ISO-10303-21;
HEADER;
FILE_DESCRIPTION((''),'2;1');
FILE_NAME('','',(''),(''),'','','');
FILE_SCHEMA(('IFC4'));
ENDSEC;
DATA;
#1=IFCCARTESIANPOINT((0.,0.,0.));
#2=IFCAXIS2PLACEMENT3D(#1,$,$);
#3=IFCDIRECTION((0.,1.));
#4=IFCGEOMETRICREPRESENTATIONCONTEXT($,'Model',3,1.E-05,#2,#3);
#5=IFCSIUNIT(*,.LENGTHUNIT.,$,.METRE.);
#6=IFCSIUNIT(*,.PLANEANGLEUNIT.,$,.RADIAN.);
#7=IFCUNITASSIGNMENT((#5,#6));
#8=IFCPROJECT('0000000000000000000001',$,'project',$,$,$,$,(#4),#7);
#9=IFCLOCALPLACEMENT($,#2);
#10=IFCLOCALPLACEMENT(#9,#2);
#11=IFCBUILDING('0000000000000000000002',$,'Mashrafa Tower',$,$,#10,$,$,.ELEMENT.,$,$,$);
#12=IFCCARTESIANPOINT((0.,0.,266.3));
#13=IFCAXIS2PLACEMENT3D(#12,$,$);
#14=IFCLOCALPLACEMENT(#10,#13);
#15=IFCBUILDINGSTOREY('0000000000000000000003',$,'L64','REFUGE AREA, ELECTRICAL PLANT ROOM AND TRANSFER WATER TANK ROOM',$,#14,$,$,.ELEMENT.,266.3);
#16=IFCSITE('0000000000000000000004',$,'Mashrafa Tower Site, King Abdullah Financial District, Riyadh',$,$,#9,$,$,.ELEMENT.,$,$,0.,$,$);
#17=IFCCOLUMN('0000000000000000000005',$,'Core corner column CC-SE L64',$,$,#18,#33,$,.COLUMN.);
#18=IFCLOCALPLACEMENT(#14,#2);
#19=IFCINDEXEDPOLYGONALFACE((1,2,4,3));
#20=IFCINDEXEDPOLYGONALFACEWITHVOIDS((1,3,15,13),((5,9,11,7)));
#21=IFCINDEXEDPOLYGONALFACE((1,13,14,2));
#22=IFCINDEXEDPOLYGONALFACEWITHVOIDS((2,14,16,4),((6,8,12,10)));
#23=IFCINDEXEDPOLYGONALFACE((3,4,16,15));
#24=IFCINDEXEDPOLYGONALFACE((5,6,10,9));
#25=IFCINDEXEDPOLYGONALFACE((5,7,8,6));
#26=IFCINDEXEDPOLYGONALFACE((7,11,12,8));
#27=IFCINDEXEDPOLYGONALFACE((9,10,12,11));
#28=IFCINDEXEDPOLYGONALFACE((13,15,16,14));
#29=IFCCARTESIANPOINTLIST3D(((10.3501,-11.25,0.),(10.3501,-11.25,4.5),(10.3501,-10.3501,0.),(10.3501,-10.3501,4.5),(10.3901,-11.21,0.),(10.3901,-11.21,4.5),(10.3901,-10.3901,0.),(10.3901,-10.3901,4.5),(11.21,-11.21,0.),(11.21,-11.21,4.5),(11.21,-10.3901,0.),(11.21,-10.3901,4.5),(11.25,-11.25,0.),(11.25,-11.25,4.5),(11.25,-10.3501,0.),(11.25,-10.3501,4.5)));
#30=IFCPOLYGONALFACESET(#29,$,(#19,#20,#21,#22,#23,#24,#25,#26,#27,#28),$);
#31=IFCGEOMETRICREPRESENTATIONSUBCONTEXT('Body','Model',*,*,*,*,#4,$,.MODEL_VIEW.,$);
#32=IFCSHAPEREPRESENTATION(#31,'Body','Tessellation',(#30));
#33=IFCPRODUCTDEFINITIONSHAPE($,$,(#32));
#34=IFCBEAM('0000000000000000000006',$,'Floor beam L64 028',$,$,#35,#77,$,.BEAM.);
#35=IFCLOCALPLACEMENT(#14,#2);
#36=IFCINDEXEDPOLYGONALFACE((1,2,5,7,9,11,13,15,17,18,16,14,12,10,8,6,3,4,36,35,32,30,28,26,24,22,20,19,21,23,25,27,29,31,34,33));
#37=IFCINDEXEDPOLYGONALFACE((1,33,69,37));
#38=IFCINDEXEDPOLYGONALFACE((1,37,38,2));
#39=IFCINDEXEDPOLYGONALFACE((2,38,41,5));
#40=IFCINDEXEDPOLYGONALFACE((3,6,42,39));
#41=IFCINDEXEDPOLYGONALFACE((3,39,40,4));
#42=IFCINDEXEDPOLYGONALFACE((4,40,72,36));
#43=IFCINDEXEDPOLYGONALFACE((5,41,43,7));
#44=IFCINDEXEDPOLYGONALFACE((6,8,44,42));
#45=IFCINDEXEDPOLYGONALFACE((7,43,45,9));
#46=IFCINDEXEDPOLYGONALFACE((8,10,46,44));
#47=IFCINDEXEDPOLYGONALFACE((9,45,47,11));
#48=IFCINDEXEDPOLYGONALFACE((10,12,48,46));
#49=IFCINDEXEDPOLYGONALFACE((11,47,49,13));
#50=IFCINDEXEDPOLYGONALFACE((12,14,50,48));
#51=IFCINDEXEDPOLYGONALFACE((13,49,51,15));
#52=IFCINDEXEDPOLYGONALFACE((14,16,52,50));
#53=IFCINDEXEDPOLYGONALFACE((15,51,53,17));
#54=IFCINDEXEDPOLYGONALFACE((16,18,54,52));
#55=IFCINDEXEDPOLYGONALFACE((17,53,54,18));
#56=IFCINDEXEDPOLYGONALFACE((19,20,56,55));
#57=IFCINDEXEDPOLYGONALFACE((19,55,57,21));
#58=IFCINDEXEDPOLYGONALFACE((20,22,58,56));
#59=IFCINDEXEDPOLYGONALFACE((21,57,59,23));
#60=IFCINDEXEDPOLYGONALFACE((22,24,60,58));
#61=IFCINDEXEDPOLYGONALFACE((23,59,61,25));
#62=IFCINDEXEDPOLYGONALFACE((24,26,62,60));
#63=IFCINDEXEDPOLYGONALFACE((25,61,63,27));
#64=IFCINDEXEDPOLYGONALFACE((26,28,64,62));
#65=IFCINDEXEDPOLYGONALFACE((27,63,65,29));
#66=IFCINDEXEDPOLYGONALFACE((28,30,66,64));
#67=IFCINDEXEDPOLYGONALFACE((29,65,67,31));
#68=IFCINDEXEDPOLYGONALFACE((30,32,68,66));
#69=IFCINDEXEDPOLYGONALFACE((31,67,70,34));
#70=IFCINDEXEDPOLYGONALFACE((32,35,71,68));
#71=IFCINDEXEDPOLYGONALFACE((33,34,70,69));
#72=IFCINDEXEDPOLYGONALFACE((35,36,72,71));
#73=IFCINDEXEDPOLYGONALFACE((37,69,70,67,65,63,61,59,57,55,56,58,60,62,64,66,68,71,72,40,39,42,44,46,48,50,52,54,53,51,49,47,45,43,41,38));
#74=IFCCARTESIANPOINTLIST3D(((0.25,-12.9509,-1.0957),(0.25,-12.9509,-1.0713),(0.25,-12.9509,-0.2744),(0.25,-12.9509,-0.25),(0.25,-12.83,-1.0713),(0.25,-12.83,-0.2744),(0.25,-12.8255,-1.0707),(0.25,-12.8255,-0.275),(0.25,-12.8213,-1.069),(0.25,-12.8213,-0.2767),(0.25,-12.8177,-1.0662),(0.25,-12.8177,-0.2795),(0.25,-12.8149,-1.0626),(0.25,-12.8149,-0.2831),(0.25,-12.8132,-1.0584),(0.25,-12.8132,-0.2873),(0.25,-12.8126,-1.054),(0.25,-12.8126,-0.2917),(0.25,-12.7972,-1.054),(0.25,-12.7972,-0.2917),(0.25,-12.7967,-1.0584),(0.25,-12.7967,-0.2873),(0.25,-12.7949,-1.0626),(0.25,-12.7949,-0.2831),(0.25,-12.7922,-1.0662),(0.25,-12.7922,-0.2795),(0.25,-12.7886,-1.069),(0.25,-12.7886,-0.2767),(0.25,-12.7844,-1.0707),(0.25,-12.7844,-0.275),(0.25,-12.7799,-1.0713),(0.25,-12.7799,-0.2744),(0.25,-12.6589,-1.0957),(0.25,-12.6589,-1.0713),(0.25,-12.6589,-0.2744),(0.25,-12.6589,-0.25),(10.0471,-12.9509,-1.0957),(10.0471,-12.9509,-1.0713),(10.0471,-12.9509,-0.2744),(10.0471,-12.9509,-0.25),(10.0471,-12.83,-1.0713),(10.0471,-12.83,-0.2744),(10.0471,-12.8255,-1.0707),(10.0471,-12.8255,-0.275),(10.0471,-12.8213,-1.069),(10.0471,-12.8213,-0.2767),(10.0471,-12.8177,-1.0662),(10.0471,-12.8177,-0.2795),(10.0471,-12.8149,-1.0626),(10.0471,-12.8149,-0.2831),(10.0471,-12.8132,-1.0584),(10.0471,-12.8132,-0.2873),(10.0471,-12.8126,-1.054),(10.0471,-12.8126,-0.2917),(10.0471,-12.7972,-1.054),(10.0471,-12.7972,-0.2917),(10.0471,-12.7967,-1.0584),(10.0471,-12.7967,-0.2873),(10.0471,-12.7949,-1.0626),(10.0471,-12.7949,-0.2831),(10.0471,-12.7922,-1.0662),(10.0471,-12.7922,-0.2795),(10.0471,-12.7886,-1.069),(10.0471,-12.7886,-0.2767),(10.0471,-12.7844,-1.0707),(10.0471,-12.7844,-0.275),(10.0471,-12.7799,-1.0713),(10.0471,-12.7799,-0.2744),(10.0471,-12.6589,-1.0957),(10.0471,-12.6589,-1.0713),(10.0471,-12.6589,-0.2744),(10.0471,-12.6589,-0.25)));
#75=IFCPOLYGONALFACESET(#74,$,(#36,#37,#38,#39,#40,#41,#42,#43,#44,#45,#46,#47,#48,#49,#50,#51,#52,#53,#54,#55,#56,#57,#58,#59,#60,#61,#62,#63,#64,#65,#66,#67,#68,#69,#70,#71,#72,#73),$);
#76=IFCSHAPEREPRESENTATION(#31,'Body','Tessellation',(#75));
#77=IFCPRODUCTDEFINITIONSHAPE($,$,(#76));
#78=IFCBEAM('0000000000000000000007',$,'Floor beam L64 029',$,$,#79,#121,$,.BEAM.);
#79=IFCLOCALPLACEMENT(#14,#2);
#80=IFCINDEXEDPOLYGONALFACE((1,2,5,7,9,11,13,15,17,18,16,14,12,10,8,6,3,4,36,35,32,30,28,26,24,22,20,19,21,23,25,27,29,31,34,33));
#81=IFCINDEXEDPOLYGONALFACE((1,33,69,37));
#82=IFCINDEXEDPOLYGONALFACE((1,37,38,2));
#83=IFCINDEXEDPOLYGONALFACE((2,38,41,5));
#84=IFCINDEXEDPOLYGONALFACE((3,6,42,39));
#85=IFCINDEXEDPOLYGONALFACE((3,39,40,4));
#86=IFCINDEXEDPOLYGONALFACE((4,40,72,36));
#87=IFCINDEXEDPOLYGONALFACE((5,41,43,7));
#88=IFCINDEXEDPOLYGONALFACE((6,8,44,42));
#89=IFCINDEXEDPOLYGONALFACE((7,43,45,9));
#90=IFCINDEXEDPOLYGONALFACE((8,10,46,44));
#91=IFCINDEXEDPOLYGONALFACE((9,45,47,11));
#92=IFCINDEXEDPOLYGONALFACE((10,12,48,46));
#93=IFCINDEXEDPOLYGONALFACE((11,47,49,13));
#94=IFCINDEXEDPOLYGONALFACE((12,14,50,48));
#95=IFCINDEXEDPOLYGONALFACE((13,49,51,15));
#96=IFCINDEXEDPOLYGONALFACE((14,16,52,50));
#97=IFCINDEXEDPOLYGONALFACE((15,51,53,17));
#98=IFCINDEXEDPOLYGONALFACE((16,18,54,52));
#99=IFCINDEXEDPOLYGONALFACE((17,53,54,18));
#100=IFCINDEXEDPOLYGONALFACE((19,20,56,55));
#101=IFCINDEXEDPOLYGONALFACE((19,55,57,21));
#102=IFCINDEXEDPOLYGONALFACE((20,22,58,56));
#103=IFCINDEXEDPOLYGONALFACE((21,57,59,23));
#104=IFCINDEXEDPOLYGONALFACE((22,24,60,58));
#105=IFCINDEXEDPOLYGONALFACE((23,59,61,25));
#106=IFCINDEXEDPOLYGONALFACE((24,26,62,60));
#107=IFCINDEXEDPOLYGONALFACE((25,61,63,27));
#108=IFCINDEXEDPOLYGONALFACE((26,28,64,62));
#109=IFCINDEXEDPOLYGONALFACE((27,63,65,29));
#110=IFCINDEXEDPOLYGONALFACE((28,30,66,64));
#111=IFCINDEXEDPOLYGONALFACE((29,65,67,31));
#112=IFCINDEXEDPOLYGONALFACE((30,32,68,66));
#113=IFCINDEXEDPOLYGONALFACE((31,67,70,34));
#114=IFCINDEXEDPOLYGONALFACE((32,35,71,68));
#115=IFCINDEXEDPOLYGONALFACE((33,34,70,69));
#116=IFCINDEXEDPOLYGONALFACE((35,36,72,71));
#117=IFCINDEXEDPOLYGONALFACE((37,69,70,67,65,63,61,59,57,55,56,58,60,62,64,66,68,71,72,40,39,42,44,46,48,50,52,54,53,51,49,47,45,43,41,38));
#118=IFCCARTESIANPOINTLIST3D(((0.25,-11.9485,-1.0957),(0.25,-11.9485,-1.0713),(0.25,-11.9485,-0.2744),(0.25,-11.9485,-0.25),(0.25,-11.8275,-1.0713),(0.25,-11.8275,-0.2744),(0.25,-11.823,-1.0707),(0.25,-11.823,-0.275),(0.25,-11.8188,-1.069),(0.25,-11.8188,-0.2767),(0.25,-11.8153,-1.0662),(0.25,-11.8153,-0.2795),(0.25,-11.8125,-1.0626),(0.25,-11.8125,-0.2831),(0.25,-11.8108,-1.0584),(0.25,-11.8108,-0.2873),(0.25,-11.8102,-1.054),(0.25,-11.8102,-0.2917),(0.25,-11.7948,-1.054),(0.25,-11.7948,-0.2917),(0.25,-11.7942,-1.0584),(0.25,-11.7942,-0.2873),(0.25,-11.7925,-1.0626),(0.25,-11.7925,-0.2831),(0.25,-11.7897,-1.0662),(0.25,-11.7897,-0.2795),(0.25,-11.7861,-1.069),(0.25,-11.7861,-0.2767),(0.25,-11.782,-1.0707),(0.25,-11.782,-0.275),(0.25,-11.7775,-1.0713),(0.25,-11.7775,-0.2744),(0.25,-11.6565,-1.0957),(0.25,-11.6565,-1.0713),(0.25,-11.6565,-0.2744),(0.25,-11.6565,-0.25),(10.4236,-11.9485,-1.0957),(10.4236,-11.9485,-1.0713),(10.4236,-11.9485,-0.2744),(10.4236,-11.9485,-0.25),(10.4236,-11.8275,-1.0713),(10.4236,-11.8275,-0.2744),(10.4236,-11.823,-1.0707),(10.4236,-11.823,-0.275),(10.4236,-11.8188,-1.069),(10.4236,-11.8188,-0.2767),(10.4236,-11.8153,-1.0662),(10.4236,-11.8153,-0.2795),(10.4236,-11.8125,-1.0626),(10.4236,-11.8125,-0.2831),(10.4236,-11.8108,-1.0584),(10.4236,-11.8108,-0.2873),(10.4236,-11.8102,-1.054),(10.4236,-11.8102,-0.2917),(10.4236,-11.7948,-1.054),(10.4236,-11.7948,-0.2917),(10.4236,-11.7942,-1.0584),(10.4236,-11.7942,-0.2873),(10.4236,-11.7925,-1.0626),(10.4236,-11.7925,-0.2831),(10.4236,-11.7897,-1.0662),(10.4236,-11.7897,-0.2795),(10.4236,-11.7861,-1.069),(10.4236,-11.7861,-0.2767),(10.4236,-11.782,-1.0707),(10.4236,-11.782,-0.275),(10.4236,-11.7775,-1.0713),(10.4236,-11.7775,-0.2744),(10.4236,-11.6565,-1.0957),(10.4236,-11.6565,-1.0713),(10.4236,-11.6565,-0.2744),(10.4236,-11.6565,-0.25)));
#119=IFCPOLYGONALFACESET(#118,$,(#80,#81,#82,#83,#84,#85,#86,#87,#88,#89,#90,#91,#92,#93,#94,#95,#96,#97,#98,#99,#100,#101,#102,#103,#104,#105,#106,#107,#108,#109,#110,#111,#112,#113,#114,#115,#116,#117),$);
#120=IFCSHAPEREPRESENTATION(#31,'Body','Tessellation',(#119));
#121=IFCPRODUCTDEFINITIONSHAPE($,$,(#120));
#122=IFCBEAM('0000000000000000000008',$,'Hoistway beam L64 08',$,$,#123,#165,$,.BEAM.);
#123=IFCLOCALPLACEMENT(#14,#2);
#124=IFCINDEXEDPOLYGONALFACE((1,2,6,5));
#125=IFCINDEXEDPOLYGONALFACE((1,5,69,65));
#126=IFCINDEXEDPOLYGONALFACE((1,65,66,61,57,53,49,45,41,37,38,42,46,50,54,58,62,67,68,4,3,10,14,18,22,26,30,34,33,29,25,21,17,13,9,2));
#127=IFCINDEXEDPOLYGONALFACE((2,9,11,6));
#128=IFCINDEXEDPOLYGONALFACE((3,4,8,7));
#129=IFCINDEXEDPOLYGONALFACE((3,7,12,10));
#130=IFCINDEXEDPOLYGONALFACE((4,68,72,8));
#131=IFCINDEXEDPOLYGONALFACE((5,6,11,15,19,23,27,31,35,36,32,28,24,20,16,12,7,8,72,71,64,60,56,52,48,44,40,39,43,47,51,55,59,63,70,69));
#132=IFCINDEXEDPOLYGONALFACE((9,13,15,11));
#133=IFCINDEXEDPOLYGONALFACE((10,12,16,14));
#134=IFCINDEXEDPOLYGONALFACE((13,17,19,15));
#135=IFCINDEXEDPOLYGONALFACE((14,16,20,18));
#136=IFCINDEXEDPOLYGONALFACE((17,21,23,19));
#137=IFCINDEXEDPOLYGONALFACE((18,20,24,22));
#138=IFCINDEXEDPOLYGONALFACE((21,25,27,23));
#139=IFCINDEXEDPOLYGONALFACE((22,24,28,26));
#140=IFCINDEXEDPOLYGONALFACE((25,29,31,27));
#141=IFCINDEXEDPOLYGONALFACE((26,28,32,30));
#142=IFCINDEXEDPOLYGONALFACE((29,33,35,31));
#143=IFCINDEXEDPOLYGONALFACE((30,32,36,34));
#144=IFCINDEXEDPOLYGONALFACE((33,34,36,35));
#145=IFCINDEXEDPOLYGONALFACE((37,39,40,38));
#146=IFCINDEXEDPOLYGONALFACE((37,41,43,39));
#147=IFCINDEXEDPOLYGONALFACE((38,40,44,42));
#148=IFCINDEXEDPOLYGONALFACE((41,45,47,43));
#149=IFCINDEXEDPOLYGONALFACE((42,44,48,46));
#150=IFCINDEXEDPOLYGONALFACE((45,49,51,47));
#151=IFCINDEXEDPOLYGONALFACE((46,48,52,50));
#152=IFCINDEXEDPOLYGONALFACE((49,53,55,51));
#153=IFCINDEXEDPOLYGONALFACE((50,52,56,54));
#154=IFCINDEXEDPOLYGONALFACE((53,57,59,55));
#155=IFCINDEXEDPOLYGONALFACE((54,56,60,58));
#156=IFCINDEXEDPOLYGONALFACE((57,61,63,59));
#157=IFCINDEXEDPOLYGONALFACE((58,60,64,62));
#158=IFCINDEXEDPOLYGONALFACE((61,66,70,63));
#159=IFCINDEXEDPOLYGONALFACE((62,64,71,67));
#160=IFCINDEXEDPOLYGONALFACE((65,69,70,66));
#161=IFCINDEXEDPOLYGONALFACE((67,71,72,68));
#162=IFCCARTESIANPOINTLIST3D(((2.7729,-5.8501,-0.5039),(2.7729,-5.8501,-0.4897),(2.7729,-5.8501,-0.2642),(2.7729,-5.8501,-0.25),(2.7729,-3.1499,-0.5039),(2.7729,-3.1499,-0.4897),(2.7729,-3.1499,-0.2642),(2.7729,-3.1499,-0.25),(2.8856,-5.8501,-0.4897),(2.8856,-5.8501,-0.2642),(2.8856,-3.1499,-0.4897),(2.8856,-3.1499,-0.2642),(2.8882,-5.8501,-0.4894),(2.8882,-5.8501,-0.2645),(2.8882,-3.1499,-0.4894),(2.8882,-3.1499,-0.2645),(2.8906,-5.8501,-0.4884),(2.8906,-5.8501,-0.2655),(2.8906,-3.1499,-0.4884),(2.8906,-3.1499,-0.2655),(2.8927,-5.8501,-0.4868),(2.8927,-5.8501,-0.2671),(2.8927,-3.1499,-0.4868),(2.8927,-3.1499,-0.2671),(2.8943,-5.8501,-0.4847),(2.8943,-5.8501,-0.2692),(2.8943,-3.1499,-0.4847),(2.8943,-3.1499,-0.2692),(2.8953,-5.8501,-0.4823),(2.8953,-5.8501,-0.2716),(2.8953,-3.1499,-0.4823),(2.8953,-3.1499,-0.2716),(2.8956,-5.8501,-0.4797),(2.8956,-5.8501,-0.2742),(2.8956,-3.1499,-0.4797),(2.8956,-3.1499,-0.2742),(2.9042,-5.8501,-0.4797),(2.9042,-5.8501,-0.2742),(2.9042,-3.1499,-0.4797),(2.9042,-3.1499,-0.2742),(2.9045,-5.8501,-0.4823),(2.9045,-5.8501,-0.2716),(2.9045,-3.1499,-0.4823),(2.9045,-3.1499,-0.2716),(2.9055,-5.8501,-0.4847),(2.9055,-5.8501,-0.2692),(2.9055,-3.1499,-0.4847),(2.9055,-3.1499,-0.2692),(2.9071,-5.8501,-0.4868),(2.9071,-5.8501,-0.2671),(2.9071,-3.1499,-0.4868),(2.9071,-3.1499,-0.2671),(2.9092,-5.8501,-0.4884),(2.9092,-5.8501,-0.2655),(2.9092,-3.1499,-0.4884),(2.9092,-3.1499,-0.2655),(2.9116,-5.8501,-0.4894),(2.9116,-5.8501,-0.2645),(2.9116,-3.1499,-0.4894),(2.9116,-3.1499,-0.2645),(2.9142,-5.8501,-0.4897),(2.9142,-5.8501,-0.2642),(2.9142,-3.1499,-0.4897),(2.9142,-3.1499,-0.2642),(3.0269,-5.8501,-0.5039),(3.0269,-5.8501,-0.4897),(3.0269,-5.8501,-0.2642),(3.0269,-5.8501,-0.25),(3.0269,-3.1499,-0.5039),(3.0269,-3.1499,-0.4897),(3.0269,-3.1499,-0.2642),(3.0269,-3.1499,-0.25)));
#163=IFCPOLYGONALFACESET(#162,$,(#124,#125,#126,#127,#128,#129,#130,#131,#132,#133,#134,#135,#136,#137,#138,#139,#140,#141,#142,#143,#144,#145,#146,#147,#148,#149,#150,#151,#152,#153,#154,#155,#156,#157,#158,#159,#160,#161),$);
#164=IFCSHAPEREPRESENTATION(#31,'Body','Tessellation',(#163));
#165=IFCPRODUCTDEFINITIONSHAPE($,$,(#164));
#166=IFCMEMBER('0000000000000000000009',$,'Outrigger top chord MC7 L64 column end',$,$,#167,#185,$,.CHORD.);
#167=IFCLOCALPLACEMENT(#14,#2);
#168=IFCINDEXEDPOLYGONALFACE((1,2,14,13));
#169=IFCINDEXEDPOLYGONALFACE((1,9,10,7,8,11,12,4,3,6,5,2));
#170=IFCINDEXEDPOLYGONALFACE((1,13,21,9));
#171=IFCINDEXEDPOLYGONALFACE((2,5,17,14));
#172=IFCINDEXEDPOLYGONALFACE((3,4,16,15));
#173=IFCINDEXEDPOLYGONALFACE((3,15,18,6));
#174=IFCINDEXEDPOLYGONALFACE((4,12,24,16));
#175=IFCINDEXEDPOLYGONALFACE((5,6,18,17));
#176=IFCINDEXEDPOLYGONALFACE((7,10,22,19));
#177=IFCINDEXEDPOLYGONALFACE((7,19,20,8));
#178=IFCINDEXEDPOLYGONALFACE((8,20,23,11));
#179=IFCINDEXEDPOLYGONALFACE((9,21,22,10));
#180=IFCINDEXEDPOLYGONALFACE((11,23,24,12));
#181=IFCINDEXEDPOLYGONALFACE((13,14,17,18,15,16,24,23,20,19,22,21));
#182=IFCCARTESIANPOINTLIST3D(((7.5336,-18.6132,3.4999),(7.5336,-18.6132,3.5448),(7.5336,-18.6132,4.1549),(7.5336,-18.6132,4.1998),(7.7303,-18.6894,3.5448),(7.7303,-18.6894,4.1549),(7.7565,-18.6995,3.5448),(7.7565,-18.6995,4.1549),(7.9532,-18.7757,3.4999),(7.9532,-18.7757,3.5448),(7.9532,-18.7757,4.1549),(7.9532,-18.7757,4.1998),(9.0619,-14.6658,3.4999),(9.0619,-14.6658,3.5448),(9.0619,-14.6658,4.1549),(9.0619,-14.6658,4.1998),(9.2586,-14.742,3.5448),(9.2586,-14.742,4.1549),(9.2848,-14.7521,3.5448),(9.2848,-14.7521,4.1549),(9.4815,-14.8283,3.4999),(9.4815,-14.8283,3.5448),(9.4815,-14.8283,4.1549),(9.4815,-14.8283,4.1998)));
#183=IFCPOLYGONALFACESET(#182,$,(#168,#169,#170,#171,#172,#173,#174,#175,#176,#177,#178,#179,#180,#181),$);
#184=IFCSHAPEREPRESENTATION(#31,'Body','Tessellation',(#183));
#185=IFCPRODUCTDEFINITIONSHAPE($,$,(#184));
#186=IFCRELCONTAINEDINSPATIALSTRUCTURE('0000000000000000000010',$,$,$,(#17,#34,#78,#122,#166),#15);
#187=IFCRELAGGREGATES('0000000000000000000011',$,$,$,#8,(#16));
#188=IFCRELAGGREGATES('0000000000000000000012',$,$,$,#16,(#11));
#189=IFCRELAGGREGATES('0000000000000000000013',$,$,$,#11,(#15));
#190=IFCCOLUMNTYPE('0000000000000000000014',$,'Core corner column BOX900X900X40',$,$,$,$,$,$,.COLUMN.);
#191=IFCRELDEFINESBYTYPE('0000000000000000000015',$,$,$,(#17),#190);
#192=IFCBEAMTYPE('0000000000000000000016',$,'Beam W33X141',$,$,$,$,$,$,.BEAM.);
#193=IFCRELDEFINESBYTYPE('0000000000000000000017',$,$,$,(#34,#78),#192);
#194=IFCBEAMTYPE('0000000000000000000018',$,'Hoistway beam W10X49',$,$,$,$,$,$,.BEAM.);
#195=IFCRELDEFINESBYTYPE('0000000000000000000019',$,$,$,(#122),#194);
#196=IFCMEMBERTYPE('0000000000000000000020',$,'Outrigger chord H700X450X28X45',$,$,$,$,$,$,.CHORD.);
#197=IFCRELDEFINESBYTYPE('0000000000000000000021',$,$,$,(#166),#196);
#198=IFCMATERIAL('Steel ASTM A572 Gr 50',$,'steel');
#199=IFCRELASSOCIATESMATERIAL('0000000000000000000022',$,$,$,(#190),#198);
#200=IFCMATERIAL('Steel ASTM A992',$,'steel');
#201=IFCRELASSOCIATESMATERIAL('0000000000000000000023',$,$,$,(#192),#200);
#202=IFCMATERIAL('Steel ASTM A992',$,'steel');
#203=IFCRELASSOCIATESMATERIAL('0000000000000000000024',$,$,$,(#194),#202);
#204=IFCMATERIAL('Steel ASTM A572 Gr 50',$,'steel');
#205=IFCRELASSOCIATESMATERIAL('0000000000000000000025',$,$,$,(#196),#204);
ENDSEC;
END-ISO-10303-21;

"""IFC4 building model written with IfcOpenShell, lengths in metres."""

from ifc_helpers import new_model, si_unit, direction, frame, origin, origin_2d, place, context, subcontext, project, spatial, hollow_rectangle, i_section, extrude, source, transform, mapped, material, material_profile, profile_set, type_object, type_shapes, element, save


model = new_model("IFC4")

# Units and contexts
model_context = context("Model", 3, precision=1e-05, world=origin(), true_north=direction((0.0, 1.0)))
body_context = subcontext(model_context, "Body", "Model", "MODEL_VIEW")
ifc_project = project(units=[si_unit("LENGTHUNIT", "METRE"), si_unit("PLANEANGLEUNIT", "RADIAN")], contexts=[model_context])

# Site, building, storey
site_placement = place(None, origin())
site = spatial("IfcSite", under=ifc_project, at=site_placement, Name="Mashrafa Tower Site, King Abdullah Financial District, Riyadh", CompositionType="ELEMENT", RefElevation=0.0)
building_placement = place(site_placement, origin())
building = spatial("IfcBuilding", under=site, at=building_placement, Name="Mashrafa Tower", CompositionType="ELEMENT")
storey_placement = place(building_placement, frame((0.0, 0.0, 266.3)))
storey = spatial("IfcBuildingStorey", under=building, at=storey_placement, Name="L64", Description="REFUGE AREA, ELECTRICAL PLANT ROOM AND TRANSFER WATER TANK ROOM", CompositionType="ELEMENT", Elevation=266.3)

# Column
ifc_material_1 = material(Name="Steel ASTM A572 Gr 50", Category="steel")
ifc_material_profile_1 = material_profile(ifc_material_1, hollow_rectangle(XDim=0.8999, YDim=0.8999, WallThickness=0.04, at=origin_2d()), Name="BOX900X900X40")
ifc_profile_set_1 = profile_set([ifc_material_profile_1], Name="Steel ASTM A572 Gr 50")
column_type = type_object("IfcColumnType", Name="Core corner column BOX900X900X40", PredefinedType="COLUMN", material=ifc_profile_set_1)
column_placement = place(storey_placement, frame((10.8, -10.8, 0.0), z_axis=(0.0, 0.0, 1.0), x_axis=(1.0, 0.0, 0.0)))
element("IfcColumn", 1, at=column_placement, inside=storey, type_object=column_type, Name="Core corner column CC-SE L64", PredefinedType="COLUMN", context=body_context, shape_type="SweptSolid", body=[
    extrude(hollow_rectangle(XDim=0.8999, YDim=0.8999, WallThickness=0.04, at=origin_2d()), origin(), (0.0, 0.0, 1.0), 4.5),
])

# Beams
ifc_material_2 = material(Name="Steel ASTM A992", Category="steel")
ifc_material_profile_2 = material_profile(ifc_material_2, i_section(OverallWidth=0.292, OverallDepth=0.8457, WebThickness=0.0154, FlangeThickness=0.0244, FilletRadius=0.0173, at=origin_2d()), Name="W33X141")
ifc_profile_set_2 = profile_set([ifc_material_profile_2], Name="Steel ASTM A992")
beam_type_1 = type_object("IfcBeamType", Name="Beam W33X141", PredefinedType="BEAM", material=ifc_profile_set_2)
beam_1_placement = place(storey_placement, frame((10.0471, -12.8049, -0.6729), z_axis=(-1.0, 0.0, 0.0), x_axis=(0.0, -1.0, 0.0)))
element("IfcBeam", 2, at=beam_1_placement, inside=storey, type_object=beam_type_1, Name="Floor beam L64 028", PredefinedType="BEAM", context=body_context, shape_type="SweptSolid", body=[
    extrude(i_section(OverallWidth=0.292, OverallDepth=0.8457, WebThickness=0.0154, FlangeThickness=0.0244, FilletRadius=0.0173, at=origin_2d()), origin(), (0.0, 0.0, 1.0), 9.7971),
])
beam_2_placement = place(storey_placement, frame((10.4236, -11.8025, -0.6729), z_axis=(-1.0, 0.0, 0.0), x_axis=(0.0, -1.0, 0.0)))
element("IfcBeam", 3, at=beam_2_placement, inside=storey, type_object=beam_type_1, Name="Floor beam L64 029", PredefinedType="BEAM", context=body_context, shape_type="SweptSolid", body=[
    extrude(i_section(OverallWidth=0.292, OverallDepth=0.8457, WebThickness=0.0154, FlangeThickness=0.0244, FilletRadius=0.0173, at=origin_2d()), origin(), (0.0, 0.0, 1.0), 10.1736),
])
ifc_material_3 = material(Name="Steel ASTM A992", Category="steel")
ifc_material_profile_3 = material_profile(ifc_material_3, i_section(OverallWidth=0.2539, OverallDepth=0.2539, WebThickness=0.0085, FlangeThickness=0.0142, FilletRadius=0.01, at=origin_2d()), Name="W10X49")
ifc_profile_set_3 = profile_set([ifc_material_profile_3], Name="Steel ASTM A992")
beam_type_2 = type_object("IfcBeamType", Name="Hoistway beam W10X49", PredefinedType="BEAM", material=ifc_profile_set_3)
beam_3_placement = place(storey_placement, frame((2.8999, -5.8501, -0.377), z_axis=(0.0, 1.0, 0.0), x_axis=(-1.0, 0.0, 0.0)))
element("IfcBeam", 4, at=beam_3_placement, inside=storey, type_object=beam_type_2, Name="Hoistway beam L64 08", PredefinedType="BEAM", context=body_context, shape_type="SweptSolid", body=[
    extrude(i_section(OverallWidth=0.2539, OverallDepth=0.2539, WebThickness=0.0085, FlangeThickness=0.0142, FilletRadius=0.01, at=origin_2d()), origin(), (0.0, 0.0, 1.0), 2.7002),
])

# Member
ifc_material_4 = material(Name="Steel ASTM A572 Gr 50", Category="steel")
ifc_material_profile_4 = material_profile(ifc_material_4, i_section(OverallWidth=0.45, OverallDepth=0.7, WebThickness=0.0281, FlangeThickness=0.0449, at=origin_2d()), Name="H700X450X28X45")
ifc_profile_set_4 = profile_set([ifc_material_profile_4], Name="Steel ASTM A572 Gr 50")
member_type = type_object("IfcMemberType", Name="Outrigger chord H700X450X28X45", PredefinedType="CHORD", material=ifc_profile_set_4)
shared_shape = source(origin(), body_context, "Body", "SweptSolid", [
    extrude(i_section(OverallWidth=0.45, OverallDepth=0.7, WebThickness=0.0281, FlangeThickness=0.0449, at=origin_2d()), origin(), (0.0, 0.0, 1.0), 4.2329),
])
type_shapes(member_type, [shared_shape])
member_placement = place(storey_placement, frame((9.2717, -14.7471, 3.8499), z_axis=(-0.361065, -0.932541, 0.0), x_axis=(0.932541, -0.361065, 0.0)))
element("IfcMember", 5, at=member_placement, inside=storey, type_object=member_type, Name="Outrigger top chord MC7 L64 column end", PredefinedType="CHORD", context=body_context, shape_type="MappedRepresentation", body=[
    mapped(shared_shape, transform((0.0, 0.0, 0.0))),
])

save(model, "model.ifc")
